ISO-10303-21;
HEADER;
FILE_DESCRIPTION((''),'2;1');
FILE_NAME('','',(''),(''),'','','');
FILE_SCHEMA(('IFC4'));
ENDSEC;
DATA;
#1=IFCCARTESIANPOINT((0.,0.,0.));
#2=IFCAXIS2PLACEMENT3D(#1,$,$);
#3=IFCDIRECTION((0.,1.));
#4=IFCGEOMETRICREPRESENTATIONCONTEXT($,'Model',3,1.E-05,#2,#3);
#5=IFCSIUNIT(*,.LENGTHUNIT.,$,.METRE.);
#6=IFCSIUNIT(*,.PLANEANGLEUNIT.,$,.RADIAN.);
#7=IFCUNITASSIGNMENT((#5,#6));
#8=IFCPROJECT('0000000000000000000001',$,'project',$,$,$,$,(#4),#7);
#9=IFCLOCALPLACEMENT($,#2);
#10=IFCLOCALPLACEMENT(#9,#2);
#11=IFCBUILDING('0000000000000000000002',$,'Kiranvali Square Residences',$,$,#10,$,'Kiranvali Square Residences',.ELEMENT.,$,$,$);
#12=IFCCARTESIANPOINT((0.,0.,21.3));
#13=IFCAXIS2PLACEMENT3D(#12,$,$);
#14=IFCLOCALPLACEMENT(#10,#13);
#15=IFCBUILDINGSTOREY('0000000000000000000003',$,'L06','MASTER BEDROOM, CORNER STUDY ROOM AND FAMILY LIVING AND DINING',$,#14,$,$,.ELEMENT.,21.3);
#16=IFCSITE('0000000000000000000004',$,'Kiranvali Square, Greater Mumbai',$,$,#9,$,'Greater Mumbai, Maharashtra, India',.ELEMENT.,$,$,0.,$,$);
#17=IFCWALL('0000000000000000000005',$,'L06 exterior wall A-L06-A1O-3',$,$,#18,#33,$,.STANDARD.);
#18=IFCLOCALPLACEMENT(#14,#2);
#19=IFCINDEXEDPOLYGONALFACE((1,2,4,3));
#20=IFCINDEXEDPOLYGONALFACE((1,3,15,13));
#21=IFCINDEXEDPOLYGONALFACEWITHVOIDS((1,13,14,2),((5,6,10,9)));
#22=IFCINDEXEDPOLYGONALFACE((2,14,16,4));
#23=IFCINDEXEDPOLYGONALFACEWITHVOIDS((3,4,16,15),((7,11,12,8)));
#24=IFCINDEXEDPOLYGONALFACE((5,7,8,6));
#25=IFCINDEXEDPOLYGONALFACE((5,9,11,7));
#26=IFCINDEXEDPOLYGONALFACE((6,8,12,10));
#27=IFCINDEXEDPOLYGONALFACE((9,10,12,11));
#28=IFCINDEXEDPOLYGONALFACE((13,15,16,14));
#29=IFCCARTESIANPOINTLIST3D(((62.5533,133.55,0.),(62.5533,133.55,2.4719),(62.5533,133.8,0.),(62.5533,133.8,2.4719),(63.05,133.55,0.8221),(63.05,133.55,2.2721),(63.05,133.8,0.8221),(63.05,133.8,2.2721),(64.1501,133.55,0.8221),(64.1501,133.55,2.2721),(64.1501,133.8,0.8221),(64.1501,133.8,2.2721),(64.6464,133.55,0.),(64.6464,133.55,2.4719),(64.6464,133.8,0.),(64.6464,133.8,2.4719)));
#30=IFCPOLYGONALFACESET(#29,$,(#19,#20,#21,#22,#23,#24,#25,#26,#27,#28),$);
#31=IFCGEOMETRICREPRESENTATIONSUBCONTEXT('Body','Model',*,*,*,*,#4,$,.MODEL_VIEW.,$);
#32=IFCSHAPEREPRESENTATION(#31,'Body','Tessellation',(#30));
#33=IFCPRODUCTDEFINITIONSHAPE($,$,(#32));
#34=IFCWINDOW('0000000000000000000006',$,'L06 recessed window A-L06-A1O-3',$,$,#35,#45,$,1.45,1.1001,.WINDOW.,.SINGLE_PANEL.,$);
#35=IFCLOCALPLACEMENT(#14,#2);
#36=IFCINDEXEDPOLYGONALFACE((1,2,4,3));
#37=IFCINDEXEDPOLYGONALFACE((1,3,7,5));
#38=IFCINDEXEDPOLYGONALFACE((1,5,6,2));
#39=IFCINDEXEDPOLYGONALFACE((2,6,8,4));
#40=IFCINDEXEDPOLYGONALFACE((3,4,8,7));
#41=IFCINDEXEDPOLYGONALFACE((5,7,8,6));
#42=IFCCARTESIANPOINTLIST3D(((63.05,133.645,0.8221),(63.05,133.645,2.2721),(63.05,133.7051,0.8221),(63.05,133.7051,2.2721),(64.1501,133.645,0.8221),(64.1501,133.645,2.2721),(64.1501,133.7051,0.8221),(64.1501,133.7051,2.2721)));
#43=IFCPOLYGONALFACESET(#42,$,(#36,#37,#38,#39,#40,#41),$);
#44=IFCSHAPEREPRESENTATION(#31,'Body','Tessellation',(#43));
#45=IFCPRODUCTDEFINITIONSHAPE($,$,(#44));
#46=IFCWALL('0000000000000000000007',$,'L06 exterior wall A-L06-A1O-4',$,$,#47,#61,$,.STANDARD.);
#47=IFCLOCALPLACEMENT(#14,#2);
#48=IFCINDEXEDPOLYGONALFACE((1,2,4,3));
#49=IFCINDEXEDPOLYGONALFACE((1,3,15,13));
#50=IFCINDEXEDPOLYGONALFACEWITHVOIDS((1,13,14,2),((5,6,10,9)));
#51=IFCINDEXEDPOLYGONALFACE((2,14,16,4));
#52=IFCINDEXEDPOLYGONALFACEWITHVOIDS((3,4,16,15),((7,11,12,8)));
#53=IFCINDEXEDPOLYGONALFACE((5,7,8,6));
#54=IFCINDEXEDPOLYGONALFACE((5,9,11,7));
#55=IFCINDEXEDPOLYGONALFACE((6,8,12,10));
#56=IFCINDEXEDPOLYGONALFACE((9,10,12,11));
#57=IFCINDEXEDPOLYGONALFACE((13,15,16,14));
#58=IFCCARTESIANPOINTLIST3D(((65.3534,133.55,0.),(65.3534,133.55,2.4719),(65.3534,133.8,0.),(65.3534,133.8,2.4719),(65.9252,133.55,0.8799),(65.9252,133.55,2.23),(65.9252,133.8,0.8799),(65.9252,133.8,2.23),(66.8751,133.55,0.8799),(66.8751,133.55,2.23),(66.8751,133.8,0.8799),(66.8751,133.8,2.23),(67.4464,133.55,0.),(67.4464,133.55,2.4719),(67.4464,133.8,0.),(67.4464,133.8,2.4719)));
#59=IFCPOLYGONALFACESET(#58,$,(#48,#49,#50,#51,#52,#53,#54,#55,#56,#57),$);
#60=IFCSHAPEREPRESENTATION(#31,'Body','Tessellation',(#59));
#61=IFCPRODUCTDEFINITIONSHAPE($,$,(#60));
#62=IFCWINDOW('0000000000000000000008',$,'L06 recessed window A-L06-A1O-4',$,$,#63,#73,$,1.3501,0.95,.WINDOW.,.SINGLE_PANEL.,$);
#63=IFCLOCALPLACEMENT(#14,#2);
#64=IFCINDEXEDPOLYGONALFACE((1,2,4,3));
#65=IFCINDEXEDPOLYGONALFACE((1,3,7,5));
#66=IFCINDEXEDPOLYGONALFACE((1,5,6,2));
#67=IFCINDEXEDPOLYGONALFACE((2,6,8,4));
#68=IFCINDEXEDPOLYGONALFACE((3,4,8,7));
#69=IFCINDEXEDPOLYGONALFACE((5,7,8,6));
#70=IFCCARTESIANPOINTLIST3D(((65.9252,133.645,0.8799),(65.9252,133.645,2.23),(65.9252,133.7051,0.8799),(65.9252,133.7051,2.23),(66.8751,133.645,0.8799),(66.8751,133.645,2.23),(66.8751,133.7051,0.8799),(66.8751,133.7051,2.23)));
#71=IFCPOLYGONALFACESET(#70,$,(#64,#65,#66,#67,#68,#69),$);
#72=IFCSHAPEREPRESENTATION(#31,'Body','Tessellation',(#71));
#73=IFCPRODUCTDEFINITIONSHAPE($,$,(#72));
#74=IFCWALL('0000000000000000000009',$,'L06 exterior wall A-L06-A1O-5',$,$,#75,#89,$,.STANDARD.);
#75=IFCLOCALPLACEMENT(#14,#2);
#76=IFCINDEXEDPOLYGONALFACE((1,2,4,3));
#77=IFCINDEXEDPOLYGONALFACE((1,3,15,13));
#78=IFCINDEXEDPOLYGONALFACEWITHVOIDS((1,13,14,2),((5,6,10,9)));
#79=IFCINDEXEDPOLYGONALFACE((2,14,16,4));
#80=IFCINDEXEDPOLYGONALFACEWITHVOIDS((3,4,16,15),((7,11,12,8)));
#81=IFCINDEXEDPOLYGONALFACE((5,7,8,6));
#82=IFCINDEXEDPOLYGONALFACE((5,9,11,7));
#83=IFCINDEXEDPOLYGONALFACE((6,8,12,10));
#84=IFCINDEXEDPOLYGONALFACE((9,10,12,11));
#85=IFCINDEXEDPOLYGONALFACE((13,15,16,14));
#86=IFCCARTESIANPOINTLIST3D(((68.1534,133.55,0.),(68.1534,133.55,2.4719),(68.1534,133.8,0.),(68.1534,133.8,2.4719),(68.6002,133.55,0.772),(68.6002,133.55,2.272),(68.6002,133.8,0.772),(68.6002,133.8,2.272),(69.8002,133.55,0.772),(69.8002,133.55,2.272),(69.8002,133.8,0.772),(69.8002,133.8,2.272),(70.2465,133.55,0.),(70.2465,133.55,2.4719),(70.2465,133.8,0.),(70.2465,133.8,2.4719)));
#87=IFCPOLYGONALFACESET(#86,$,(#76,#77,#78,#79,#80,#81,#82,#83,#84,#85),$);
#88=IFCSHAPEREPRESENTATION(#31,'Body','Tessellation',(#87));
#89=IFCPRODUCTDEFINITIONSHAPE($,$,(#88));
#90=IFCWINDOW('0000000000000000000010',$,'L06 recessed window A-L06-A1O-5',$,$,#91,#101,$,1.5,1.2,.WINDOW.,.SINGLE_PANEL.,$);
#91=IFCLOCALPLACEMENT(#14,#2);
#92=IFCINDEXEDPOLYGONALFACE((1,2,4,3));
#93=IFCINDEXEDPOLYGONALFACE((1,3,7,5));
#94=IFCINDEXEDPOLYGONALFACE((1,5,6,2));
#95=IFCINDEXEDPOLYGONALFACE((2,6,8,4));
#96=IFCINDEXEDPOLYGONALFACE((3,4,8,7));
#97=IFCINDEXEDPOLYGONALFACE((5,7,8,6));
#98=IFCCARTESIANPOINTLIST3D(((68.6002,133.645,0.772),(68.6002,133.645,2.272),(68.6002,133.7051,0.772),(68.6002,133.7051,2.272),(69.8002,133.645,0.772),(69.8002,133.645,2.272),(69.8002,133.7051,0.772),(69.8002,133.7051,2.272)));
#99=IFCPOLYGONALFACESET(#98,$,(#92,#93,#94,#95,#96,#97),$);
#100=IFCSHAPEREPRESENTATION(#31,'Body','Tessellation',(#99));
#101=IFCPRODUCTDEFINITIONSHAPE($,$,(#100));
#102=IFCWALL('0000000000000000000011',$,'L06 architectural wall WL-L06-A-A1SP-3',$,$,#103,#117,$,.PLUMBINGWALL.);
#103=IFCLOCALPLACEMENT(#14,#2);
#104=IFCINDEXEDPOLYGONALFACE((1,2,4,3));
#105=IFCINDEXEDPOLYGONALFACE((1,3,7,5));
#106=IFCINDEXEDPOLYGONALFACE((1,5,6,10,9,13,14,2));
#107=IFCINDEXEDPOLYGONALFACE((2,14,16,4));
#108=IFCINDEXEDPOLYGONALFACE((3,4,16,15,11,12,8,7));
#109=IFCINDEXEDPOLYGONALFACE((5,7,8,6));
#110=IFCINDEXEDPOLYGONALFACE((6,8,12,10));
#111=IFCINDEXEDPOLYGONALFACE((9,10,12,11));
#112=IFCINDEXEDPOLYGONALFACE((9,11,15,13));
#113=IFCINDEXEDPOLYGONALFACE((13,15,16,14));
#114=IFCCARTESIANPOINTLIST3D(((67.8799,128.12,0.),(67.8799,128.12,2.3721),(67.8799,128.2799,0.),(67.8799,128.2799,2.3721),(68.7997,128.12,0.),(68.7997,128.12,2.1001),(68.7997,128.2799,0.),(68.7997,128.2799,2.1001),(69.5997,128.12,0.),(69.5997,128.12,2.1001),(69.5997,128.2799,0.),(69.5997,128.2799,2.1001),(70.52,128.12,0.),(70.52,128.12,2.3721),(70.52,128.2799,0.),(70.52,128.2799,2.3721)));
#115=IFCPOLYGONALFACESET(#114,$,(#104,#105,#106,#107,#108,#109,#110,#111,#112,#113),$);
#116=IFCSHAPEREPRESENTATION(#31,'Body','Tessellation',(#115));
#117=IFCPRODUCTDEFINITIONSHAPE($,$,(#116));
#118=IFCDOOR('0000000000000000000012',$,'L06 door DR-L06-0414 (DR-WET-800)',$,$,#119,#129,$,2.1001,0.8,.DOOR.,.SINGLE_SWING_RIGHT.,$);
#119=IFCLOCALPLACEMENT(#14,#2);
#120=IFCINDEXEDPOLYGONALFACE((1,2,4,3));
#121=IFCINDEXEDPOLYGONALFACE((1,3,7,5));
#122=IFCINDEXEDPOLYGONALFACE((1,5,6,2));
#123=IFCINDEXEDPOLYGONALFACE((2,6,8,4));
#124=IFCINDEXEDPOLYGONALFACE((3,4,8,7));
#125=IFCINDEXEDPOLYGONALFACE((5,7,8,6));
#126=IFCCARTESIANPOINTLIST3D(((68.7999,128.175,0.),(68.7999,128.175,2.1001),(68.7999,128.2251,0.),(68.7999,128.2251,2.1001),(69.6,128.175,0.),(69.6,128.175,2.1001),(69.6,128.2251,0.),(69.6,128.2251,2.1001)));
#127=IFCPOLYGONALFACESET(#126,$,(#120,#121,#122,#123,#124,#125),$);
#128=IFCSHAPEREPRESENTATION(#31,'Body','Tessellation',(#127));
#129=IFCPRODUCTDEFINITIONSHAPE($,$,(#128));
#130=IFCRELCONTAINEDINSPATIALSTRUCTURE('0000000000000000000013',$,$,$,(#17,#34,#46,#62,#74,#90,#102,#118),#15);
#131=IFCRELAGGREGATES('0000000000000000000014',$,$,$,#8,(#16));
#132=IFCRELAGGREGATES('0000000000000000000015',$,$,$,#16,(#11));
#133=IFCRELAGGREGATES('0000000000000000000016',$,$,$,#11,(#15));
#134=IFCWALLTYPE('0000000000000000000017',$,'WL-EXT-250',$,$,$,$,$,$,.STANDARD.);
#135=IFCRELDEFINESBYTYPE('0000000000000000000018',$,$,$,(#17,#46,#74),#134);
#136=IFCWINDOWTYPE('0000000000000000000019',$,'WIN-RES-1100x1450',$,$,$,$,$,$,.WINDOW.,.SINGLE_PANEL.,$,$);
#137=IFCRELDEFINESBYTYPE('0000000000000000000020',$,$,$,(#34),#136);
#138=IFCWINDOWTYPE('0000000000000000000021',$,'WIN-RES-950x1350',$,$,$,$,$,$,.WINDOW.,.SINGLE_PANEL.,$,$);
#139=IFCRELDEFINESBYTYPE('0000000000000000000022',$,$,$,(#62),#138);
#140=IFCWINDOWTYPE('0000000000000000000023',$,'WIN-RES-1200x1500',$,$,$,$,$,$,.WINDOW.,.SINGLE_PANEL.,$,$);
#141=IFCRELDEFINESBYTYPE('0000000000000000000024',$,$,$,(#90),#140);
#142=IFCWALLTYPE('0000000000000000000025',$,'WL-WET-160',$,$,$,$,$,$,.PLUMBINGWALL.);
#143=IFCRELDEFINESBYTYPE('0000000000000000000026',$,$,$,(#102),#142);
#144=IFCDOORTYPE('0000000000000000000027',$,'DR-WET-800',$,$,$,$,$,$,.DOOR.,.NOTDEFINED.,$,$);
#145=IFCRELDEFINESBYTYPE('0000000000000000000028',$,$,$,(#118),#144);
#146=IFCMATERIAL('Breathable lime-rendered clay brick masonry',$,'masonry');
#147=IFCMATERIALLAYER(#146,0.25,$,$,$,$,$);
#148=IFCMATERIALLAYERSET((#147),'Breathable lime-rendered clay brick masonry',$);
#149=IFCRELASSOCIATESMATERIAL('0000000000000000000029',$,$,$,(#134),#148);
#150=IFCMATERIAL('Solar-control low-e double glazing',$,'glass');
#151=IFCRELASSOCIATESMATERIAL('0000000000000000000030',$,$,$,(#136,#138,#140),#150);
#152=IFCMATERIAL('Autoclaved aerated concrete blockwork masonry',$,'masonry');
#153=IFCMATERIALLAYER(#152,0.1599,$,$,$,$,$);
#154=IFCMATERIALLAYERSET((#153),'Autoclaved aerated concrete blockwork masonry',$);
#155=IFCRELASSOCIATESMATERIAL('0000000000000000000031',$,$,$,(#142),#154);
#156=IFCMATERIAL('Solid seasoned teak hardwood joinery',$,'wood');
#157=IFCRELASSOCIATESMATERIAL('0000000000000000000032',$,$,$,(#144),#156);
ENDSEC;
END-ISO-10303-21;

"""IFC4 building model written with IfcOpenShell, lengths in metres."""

from ifc_helpers import new_model, si_unit, direction, frame, frame_2d, origin, place, context, subcontext, project, spatial, rectangle, extrude, material, layer, layer_set, type_object, element, fill, save


model = new_model("IFC4")

# Units and contexts
model_context = context("Model", 3, precision=1e-05, world=origin(), true_north=direction((0.0, 1.0)))
body_context = subcontext(model_context, "Body", "Model", "MODEL_VIEW")
ifc_project = project(units=[si_unit("LENGTHUNIT", "METRE"), si_unit("PLANEANGLEUNIT", "RADIAN")], contexts=[model_context])

# Site, building, storey
site_placement = place(None, origin())
site = spatial("IfcSite", under=ifc_project, at=site_placement, Name="Kiranvali Square, Greater Mumbai", LongName="Greater Mumbai, Maharashtra, India", CompositionType="ELEMENT", RefElevation=0.0)
building_placement = place(site_placement, origin())
building = spatial("IfcBuilding", under=site, at=building_placement, Name="Kiranvali Square Residences", LongName="Kiranvali Square Residences", CompositionType="ELEMENT")
storey_placement = place(building_placement, frame((0.0, 0.0, 21.3)))
storey = spatial("IfcBuildingStorey", under=building, at=storey_placement, Name="L06", Description="MASTER BEDROOM, CORNER STUDY ROOM AND FAMILY LIVING AND DINING", CompositionType="ELEMENT", Elevation=21.3)

# Walls, openings, windows
ifc_material_1 = material(Name="Breathable lime-rendered clay brick masonry", Category="masonry")
ifc_layer_1 = layer(ifc_material_1, 0.25)
ifc_layer_set_1 = layer_set([ifc_layer_1], Name="Breathable lime-rendered clay brick masonry")
wall_type_1 = type_object("IfcWallType", Name="WL-EXT-250", PredefinedType="STANDARD", material=ifc_layer_set_1)
wall_1_placement = place(storey_placement, frame((62.5535, 133.675, 0.0), z_axis=(0.0, 0.0, 1.0), x_axis=(1.0, 0.0, 0.0)))
wall_1 = element("IfcWall", 1, at=wall_1_placement, inside=storey, type_object=wall_type_1, Name="L06 exterior wall A-L06-A1O-3", PredefinedType="STANDARD", context=body_context, shape_type="SweptSolid", body=[
    extrude(rectangle(XDim=2.093, YDim=0.25, at=frame_2d((1.0464, 0.0))), origin(), (0.0, 0.0, 1.0), 2.4719),
])
opening_1_placement = place(wall_1_placement, frame((0.4966, 0.0, 0.822)))
opening_1 = element("IfcOpeningElement", 2, at=opening_1_placement, cuts=wall_1, PredefinedType="OPENING", context=body_context, shape_type="SweptSolid", body=[
    extrude(rectangle(XDim=1.1001, YDim=1.45, at=frame_2d((0.55, 0.7251))), frame((0.0, 0.135, 0.0), z_axis=(0.0, -1.0, 0.0), x_axis=(1.0, 0.0, 0.0)), (0.0, 0.0, 1.0), 0.27),
])
ifc_material_2 = material(Name="Solar-control low-e double glazing", Category="glass")
window_type_1 = type_object("IfcWindowType", Name="WIN-RES-1100x1450", PartitioningType="SINGLE_PANEL", PredefinedType="WINDOW", material=ifc_material_2)
window_1_placement = place(opening_1_placement, origin())
window_1 = element("IfcWindow", 3, at=window_1_placement, inside=storey, type_object=window_type_1, Name="L06 recessed window A-L06-A1O-3", OverallHeight=1.45, OverallWidth=1.1001, PartitioningType="SINGLE_PANEL", PredefinedType="WINDOW", context=body_context, shape_type="SweptSolid", body=[
    extrude(rectangle(XDim=1.1001, YDim=1.45, at=frame_2d((0.55, 0.7251))), frame((0.0, 0.03, 0.0), z_axis=(0.0, -1.0, 0.0), x_axis=(1.0, 0.0, 0.0)), (0.0, 0.0, 1.0), 0.0601),
])
fill(opening_1, window_1)
wall_2_placement = place(storey_placement, frame((65.3535, 133.675, 0.0), z_axis=(0.0, 0.0, 1.0), x_axis=(1.0, 0.0, 0.0)))
wall_2 = element("IfcWall", 4, at=wall_2_placement, inside=storey, type_object=wall_type_1, Name="L06 exterior wall A-L06-A1O-4", PredefinedType="STANDARD", context=body_context, shape_type="SweptSolid", body=[
    extrude(rectangle(XDim=2.093, YDim=0.25, at=frame_2d((1.0464, 0.0))), origin(), (0.0, 0.0, 1.0), 2.4719),
])
opening_2_placement = place(wall_2_placement, frame((0.5715, 0.0, 0.8799)))
opening_2 = element("IfcOpeningElement", 5, at=opening_2_placement, cuts=wall_2, PredefinedType="OPENING", context=body_context, shape_type="SweptSolid", body=[
    extrude(rectangle(XDim=0.95, YDim=1.3501, at=frame_2d((0.4751, 0.675))), frame((0.0, 0.135, 0.0), z_axis=(0.0, -1.0, 0.0), x_axis=(1.0, 0.0, 0.0)), (0.0, 0.0, 1.0), 0.27),
])
window_type_2 = type_object("IfcWindowType", Name="WIN-RES-950x1350", PartitioningType="SINGLE_PANEL", PredefinedType="WINDOW", material=ifc_material_2)
window_2_placement = place(opening_2_placement, origin())
window_2 = element("IfcWindow", 6, at=window_2_placement, inside=storey, type_object=window_type_2, Name="L06 recessed window A-L06-A1O-4", OverallHeight=1.3501, OverallWidth=0.95, PartitioningType="SINGLE_PANEL", PredefinedType="WINDOW", context=body_context, shape_type="SweptSolid", body=[
    extrude(rectangle(XDim=0.95, YDim=1.3501, at=frame_2d((0.4751, 0.675))), frame((0.0, 0.03, 0.0), z_axis=(0.0, -1.0, 0.0), x_axis=(1.0, 0.0, 0.0)), (0.0, 0.0, 1.0), 0.0601),
])
fill(opening_2, window_2)
wall_3_placement = place(storey_placement, frame((68.1536, 133.675, 0.0), z_axis=(0.0, 0.0, 1.0), x_axis=(1.0, 0.0, 0.0)))
wall_3 = element("IfcWall", 7, at=wall_3_placement, inside=storey, type_object=wall_type_1, Name="L06 exterior wall A-L06-A1O-5", PredefinedType="STANDARD", context=body_context, shape_type="SweptSolid", body=[
    extrude(rectangle(XDim=2.093, YDim=0.25, at=frame_2d((1.0464, 0.0))), origin(), (0.0, 0.0, 1.0), 2.4719),
])
opening_3_placement = place(wall_3_placement, frame((0.4465, 0.0, 0.772)))
opening_3 = element("IfcOpeningElement", 8, at=opening_3_placement, cuts=wall_3, PredefinedType="OPENING", context=body_context, shape_type="SweptSolid", body=[
    extrude(rectangle(XDim=1.2, YDim=1.5, at=frame_2d((0.6001, 0.75))), frame((0.0, 0.135, 0.0), z_axis=(0.0, -1.0, 0.0), x_axis=(1.0, 0.0, 0.0)), (0.0, 0.0, 1.0), 0.27),
])
window_type_3 = type_object("IfcWindowType", Name="WIN-RES-1200x1500", PartitioningType="SINGLE_PANEL", PredefinedType="WINDOW", material=ifc_material_2)
window_3_placement = place(opening_3_placement, origin())
window_3 = element("IfcWindow", 9, at=window_3_placement, inside=storey, type_object=window_type_3, Name="L06 recessed window A-L06-A1O-5", OverallHeight=1.5, OverallWidth=1.2, PartitioningType="SINGLE_PANEL", PredefinedType="WINDOW", context=body_context, shape_type="SweptSolid", body=[
    extrude(rectangle(XDim=1.2, YDim=1.5, at=frame_2d((0.6001, 0.75))), frame((0.0, 0.03, 0.0), z_axis=(0.0, -1.0, 0.0), x_axis=(1.0, 0.0, 0.0)), (0.0, 0.0, 1.0), 0.0601),
])
fill(opening_3, window_3)

# Wall, opening, door
ifc_material_3 = material(Name="Autoclaved aerated concrete blockwork masonry", Category="masonry")
ifc_layer_2 = layer(ifc_material_3, 0.1599)
ifc_layer_set_2 = layer_set([ifc_layer_2], Name="Autoclaved aerated concrete blockwork masonry")
wall_type_2 = type_object("IfcWallType", Name="WL-WET-160", PredefinedType="PLUMBINGWALL", material=ifc_layer_set_2)
wall_4_placement = place(storey_placement, frame((67.8799, 128.2, 0.0), z_axis=(0.0, 0.0, 1.0), x_axis=(1.0, 0.0, 0.0)))
wall_4 = element("IfcWall", 10, at=wall_4_placement, inside=storey, type_object=wall_type_2, Name="L06 architectural wall WL-L06-A-A1SP-3", PredefinedType="PLUMBINGWALL", context=body_context, shape_type="SweptSolid", body=[
    extrude(rectangle(XDim=2.6401, YDim=0.1599, at=frame_2d((1.3201, 0.0))), origin(), (0.0, 0.0, 1.0), 2.3721),
])
opening_4_placement = place(wall_4_placement, frame((0.9199, 0.0, 0.0)))
opening_4 = element("IfcOpeningElement", 11, at=opening_4_placement, cuts=wall_4, PredefinedType="OPENING", context=body_context, shape_type="SweptSolid", body=[
    extrude(rectangle(XDim=0.8, YDim=2.1001, at=frame_2d((0.3999, 1.05))), frame((0.0, 0.0898, 0.0), z_axis=(0.0, -1.0, 0.0), x_axis=(1.0, 0.0, 0.0)), (0.0, 0.0, 1.0), 0.1799),
])
ifc_material_4 = material(Name="Solid seasoned teak hardwood joinery", Category="wood")
door_type = type_object("IfcDoorType", Name="DR-WET-800", OperationType="NOTDEFINED", PredefinedType="DOOR", material=ifc_material_4)
door_placement = place(opening_4_placement, frame((0.8, 0.0, 0.0), z_axis=(0.0, 0.0, 1.0), x_axis=(-1.0, 0.0, 0.0)))
door = element("IfcDoor", 12, at=door_placement, inside=storey, type_object=door_type, Name="L06 door DR-L06-0414 (DR-WET-800)", OperationType="SINGLE_SWING_RIGHT", OverallHeight=2.1001, OverallWidth=0.8, PredefinedType="DOOR", context=body_context, shape_type="SweptSolid", body=[
    extrude(rectangle(XDim=0.8, YDim=2.1001, at=frame_2d((0.3999, 1.05))), frame((0.0, 0.0249, 0.0), z_axis=(0.0, -1.0, 0.0), x_axis=(1.0, 0.0, 0.0)), (0.0, 0.0, 1.0), 0.05),
])
fill(opening_4, door)

save(model, "model.ifc")
